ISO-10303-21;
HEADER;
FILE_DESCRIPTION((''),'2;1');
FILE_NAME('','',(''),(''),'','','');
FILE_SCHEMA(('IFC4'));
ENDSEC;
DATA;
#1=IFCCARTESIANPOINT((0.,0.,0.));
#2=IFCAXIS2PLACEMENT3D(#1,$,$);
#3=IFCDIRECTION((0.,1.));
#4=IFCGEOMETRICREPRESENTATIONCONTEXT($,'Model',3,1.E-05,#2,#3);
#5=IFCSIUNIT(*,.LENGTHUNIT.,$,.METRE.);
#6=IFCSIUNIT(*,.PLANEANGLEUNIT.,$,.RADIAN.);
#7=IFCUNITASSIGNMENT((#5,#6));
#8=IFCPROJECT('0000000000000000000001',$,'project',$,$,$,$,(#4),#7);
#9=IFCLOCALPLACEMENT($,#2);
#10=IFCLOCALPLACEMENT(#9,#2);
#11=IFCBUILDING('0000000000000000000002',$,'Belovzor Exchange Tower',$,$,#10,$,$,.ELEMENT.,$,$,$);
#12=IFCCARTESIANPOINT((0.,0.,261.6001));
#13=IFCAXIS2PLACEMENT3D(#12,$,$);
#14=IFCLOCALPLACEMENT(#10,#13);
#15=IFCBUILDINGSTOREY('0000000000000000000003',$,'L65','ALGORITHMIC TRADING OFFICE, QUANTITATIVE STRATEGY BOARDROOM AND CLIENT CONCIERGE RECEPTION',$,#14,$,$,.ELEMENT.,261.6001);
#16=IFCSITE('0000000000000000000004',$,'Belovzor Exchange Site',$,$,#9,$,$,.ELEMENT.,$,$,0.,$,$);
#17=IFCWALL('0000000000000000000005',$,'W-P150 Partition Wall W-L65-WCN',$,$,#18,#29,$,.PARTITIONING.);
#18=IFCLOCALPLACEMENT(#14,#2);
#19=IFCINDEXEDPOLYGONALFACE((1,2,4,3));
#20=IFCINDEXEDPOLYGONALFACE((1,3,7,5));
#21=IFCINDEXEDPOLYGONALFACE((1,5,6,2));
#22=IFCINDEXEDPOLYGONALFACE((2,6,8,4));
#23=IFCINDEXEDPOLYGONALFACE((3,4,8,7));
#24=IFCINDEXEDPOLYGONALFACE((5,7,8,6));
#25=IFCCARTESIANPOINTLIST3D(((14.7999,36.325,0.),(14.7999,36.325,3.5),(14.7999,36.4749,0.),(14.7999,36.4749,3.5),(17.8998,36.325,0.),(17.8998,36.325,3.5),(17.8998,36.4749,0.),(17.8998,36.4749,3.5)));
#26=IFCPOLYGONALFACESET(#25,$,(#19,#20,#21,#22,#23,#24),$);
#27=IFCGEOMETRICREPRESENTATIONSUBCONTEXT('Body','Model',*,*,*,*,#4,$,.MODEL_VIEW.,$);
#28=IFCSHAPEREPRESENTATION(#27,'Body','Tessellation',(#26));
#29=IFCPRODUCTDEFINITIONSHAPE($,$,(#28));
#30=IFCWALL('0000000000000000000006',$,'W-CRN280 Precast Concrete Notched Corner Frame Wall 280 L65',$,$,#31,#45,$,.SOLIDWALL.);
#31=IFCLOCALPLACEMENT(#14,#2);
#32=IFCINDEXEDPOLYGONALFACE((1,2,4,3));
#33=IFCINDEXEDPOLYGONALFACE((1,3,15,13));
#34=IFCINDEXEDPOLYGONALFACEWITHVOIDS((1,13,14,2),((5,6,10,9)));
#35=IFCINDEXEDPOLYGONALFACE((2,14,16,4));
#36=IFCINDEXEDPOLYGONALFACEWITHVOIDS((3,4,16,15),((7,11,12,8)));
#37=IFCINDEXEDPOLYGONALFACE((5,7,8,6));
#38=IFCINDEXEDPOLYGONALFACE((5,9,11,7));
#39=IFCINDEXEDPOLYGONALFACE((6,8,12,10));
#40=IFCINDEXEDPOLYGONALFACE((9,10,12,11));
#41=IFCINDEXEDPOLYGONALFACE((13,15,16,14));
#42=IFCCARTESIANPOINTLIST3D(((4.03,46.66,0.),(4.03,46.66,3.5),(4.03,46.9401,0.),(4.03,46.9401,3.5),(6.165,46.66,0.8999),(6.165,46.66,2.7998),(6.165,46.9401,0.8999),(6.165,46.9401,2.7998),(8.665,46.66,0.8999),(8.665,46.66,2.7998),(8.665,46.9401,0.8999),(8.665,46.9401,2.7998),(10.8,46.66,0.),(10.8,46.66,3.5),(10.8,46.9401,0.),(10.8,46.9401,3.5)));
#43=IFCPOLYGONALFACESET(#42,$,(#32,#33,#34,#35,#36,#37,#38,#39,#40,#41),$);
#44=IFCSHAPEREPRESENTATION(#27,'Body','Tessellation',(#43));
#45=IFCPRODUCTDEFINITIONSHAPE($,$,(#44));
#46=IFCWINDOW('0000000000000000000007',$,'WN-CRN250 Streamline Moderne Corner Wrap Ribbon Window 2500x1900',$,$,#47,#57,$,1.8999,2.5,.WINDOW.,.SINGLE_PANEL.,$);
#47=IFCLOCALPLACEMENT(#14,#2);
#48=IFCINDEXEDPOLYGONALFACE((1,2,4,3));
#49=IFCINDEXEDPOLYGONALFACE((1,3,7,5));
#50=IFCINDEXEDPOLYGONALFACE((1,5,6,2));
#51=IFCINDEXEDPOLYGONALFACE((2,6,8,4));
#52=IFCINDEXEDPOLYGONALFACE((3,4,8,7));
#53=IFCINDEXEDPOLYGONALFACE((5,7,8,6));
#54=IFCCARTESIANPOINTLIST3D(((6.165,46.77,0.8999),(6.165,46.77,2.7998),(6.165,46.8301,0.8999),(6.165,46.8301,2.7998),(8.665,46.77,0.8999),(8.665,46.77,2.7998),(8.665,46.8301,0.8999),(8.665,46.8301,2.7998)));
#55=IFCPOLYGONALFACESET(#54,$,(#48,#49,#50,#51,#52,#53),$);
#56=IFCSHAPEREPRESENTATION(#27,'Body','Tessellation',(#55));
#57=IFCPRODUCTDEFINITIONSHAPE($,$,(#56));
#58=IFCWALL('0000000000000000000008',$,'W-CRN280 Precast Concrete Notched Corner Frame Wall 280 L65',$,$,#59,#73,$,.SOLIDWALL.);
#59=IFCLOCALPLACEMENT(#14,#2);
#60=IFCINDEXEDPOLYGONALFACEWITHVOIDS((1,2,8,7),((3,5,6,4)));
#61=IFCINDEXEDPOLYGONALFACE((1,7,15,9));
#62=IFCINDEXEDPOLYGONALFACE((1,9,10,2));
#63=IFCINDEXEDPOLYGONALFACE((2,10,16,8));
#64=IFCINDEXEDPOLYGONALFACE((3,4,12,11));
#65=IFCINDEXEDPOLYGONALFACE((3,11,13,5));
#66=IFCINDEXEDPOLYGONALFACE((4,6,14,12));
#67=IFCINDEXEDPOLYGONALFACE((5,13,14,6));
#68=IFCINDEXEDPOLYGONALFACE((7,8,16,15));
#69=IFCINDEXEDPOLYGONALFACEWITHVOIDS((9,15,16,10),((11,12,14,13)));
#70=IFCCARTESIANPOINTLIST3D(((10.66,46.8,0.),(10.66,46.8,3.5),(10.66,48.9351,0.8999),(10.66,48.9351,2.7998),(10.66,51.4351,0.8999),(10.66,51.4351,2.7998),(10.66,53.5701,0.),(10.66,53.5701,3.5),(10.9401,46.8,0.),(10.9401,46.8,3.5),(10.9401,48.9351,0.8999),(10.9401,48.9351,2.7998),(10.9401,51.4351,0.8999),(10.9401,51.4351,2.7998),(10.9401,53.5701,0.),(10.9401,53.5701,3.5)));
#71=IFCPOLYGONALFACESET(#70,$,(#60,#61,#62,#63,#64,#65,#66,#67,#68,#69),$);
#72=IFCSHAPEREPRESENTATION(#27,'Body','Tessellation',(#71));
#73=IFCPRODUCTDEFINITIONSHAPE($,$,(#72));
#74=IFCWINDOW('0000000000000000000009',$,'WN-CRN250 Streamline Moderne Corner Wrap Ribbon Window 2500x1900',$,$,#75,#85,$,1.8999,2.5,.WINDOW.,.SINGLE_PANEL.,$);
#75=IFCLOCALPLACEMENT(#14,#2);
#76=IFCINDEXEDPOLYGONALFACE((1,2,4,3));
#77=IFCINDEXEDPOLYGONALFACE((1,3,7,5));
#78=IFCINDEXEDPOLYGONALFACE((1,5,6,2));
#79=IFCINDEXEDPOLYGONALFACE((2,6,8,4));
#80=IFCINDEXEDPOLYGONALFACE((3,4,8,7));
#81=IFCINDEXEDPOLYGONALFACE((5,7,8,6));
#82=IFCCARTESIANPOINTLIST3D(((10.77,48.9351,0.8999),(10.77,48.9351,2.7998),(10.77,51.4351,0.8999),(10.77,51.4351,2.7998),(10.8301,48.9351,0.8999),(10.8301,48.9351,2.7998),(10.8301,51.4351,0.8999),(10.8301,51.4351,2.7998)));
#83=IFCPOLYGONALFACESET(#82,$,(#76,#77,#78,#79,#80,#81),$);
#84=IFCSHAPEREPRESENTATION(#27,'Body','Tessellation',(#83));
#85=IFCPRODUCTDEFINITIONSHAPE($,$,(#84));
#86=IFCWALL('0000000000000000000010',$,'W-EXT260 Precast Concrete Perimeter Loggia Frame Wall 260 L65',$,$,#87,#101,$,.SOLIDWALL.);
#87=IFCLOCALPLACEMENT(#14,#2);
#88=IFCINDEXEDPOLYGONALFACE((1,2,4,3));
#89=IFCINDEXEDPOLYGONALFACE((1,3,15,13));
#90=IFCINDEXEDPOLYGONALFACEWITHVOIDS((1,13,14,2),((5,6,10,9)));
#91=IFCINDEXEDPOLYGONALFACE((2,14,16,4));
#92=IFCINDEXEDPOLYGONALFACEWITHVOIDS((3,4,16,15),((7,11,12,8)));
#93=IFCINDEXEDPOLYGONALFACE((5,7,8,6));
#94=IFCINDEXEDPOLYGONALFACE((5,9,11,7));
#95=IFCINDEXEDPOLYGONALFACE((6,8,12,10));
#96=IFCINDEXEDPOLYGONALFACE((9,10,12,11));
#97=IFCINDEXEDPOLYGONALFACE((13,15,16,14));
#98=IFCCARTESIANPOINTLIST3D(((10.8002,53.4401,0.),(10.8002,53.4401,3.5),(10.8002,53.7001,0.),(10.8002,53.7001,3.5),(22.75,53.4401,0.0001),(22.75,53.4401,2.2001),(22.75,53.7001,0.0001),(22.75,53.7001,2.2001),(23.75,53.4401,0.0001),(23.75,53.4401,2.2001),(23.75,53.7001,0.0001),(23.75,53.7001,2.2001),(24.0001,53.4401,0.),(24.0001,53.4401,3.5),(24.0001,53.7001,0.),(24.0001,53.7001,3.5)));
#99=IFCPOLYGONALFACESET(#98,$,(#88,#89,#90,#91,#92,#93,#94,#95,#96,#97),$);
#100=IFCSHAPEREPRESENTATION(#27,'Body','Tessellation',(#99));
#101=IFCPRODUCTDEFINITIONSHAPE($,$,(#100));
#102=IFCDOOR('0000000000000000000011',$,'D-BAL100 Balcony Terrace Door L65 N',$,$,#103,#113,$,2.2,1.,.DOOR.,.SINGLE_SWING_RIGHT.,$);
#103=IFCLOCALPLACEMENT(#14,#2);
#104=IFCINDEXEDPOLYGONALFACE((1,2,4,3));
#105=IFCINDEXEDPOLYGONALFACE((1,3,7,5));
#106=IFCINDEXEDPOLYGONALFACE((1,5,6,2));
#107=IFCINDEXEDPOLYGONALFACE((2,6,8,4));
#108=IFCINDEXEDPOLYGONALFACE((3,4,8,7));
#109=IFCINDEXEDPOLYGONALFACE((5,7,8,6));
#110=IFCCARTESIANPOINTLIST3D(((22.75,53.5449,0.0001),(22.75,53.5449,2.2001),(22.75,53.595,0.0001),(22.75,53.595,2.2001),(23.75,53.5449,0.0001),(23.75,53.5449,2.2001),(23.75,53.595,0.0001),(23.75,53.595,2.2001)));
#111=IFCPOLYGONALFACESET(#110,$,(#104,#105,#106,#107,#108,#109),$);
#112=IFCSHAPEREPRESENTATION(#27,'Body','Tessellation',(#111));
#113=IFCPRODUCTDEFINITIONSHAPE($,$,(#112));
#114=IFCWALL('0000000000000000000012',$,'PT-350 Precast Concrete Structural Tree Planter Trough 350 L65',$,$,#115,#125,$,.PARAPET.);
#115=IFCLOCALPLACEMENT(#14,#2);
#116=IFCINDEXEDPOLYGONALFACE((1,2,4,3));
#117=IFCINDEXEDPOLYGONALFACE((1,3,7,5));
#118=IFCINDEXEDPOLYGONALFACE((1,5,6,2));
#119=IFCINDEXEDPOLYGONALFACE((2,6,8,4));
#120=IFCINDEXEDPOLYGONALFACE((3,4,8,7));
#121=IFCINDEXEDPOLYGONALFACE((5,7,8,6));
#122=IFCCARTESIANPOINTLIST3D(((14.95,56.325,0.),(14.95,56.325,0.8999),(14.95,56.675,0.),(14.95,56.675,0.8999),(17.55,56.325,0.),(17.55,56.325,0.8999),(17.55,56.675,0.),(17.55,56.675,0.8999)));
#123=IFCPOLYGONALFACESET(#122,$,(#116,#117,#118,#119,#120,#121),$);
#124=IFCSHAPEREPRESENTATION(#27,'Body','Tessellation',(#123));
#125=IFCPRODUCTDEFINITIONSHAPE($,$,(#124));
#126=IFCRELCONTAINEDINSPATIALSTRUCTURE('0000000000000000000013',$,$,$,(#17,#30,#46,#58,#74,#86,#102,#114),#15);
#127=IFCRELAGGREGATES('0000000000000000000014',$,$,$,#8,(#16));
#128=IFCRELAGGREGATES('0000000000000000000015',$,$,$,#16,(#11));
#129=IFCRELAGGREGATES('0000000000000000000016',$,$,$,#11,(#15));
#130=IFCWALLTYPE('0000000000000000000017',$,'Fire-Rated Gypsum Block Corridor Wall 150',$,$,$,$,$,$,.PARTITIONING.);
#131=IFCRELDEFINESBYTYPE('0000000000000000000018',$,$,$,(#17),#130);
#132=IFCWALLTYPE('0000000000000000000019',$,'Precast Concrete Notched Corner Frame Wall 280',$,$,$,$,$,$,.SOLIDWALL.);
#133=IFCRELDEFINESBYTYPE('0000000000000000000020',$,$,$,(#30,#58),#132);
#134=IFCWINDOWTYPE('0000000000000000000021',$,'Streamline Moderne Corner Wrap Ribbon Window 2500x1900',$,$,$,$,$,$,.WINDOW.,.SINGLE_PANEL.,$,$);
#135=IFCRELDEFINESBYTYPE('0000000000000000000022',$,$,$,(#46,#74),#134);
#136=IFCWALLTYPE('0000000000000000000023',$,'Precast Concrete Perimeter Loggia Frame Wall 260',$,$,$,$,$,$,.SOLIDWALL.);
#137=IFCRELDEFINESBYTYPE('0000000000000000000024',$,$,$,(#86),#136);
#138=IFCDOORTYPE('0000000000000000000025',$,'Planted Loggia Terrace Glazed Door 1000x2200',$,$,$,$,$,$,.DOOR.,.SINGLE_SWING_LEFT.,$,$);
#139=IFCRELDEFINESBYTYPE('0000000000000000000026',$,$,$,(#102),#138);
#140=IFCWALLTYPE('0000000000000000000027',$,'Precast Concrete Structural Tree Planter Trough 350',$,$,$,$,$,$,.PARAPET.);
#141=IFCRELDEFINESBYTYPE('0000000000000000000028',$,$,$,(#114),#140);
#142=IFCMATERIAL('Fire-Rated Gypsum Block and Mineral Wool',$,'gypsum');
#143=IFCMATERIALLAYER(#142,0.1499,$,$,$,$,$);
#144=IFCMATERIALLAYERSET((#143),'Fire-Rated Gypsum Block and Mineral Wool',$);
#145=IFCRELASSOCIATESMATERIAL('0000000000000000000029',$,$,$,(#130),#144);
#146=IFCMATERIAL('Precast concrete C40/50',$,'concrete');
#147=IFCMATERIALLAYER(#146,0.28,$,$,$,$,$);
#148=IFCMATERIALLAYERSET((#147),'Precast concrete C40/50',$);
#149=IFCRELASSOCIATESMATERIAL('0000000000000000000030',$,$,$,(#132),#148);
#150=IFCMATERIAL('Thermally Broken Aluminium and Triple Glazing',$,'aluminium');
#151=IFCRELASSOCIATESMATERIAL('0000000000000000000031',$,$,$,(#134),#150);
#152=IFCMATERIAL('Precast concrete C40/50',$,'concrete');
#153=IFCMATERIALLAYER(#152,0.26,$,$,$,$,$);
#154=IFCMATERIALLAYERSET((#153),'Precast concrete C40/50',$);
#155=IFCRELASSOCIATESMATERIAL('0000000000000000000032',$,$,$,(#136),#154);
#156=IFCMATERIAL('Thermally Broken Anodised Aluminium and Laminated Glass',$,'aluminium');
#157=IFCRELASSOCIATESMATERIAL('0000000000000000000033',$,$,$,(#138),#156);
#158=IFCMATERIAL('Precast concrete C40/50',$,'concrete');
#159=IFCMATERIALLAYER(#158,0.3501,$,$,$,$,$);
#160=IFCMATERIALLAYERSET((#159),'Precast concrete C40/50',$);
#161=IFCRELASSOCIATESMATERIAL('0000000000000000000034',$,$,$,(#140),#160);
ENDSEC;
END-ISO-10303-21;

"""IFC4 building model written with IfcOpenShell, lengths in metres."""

from ifc_helpers import new_model, si_unit, direction, frame, frame_2d, origin, place, context, subcontext, project, spatial, rectangle, extrude, material, layer, layer_set, type_object, element, fill, save


model = new_model("IFC4")

# Units and contexts
model_context = context("Model", 3, precision=1e-05, world=origin(), true_north=direction((0.0, 1.0)))
body_context = subcontext(model_context, "Body", "Model", "MODEL_VIEW")
ifc_project = project(units=[si_unit("LENGTHUNIT", "METRE"), si_unit("PLANEANGLEUNIT", "RADIAN")], contexts=[model_context])

# Site, building, storey
site_placement = place(None, origin())
site = spatial("IfcSite", under=ifc_project, at=site_placement, Name="Belovzor Exchange Site", CompositionType="ELEMENT", RefElevation=0.0)
building_placement = place(site_placement, origin())
building = spatial("IfcBuilding", under=site, at=building_placement, Name="Belovzor Exchange Tower", CompositionType="ELEMENT")
storey_placement = place(building_placement, frame((0.0, 0.0, 261.6001)))
storey = spatial("IfcBuildingStorey", under=building, at=storey_placement, Name="L65", Description="ALGORITHMIC TRADING OFFICE, QUANTITATIVE STRATEGY BOARDROOM AND CLIENT CONCIERGE RECEPTION", CompositionType="ELEMENT", Elevation=261.6001)

# Wall
ifc_material_1 = material(Name="Fire-Rated Gypsum Block and Mineral Wool", Category="gypsum")
ifc_layer_1 = layer(ifc_material_1, 0.1499)
ifc_layer_set_1 = layer_set([ifc_layer_1], Name="Fire-Rated Gypsum Block and Mineral Wool")
wall_type_1 = type_object("IfcWallType", Name="Fire-Rated Gypsum Block Corridor Wall 150", PredefinedType="PARTITIONING", material=ifc_layer_set_1)
wall_1_placement = place(storey_placement, frame((14.8, 36.3999, 0.0), z_axis=(0.0, 0.0, 1.0), x_axis=(1.0, 0.0, 0.0)))
element("IfcWall", 1, at=wall_1_placement, inside=storey, type_object=wall_type_1, Name="W-P150 Partition Wall W-L65-WCN", PredefinedType="PARTITIONING", context=body_context, shape_type="SweptSolid", body=[
    extrude(rectangle(XDim=3.0999, YDim=0.1499, at=frame_2d((1.5498, 0.0))), origin(), (0.0, 0.0, 1.0), 3.5),
])

# Walls, openings, windows
ifc_material_2 = material(Name="Precast concrete C40/50", Category="concrete")
ifc_layer_2 = layer(ifc_material_2, 0.28)
ifc_layer_set_2 = layer_set([ifc_layer_2], Name="Precast concrete C40/50")
wall_type_2 = type_object("IfcWallType", Name="Precast Concrete Notched Corner Frame Wall 280", PredefinedType="SOLIDWALL", material=ifc_layer_set_2)
wall_2_placement = place(storey_placement, frame((4.03, 46.8, 0.0), z_axis=(0.0, 0.0, 1.0), x_axis=(1.0, 0.0, 0.0)))
wall_2 = element("IfcWall", 2, at=wall_2_placement, inside=storey, type_object=wall_type_2, Name="W-CRN280 Precast Concrete Notched Corner Frame Wall 280 L65", PredefinedType="SOLIDWALL", context=body_context, shape_type="SweptSolid", body=[
    extrude(rectangle(XDim=6.77, YDim=0.28, at=frame_2d((3.385, 0.0))), origin(), (0.0, 0.0, 1.0), 3.5),
])
opening_1_placement = place(wall_2_placement, frame((2.135, 0.0, 0.8999)))
opening_1 = element("IfcOpeningElement", 3, at=opening_1_placement, cuts=wall_2, PredefinedType="OPENING", context=body_context, shape_type="SweptSolid", body=[
    extrude(rectangle(XDim=2.5, YDim=1.8999, at=frame_2d((1.25, 0.95))), frame((0.0, 0.1499, 0.0), z_axis=(0.0, -1.0, 0.0), x_axis=(1.0, 0.0, 0.0)), (0.0, 0.0, 1.0), 0.3),
])
ifc_material_3 = material(Name="Thermally Broken Aluminium and Triple Glazing", Category="aluminium")
window_type = type_object("IfcWindowType", Name="Streamline Moderne Corner Wrap Ribbon Window 2500x1900", PartitioningType="SINGLE_PANEL", PredefinedType="WINDOW", material=ifc_material_3)
window_1_placement = place(opening_1_placement, origin())
window_1 = element("IfcWindow", 4, at=window_1_placement, inside=storey, type_object=window_type, Name="WN-CRN250 Streamline Moderne Corner Wrap Ribbon Window 2500x1900", OverallHeight=1.8999, OverallWidth=2.5, PartitioningType="SINGLE_PANEL", PredefinedType="WINDOW", context=body_context, shape_type="SweptSolid", body=[
    extrude(rectangle(XDim=2.5, YDim=1.8999, at=frame_2d((1.25, 0.95))), frame((0.0, 0.03, 0.0), z_axis=(0.0, -1.0, 0.0), x_axis=(1.0, 0.0, 0.0)), (0.0, 0.0, 1.0), 0.0601),
])
fill(opening_1, window_1)
wall_3_placement = place(storey_placement, frame((10.8, 46.8, 0.0), z_axis=(0.0, 0.0, 1.0), x_axis=(0.0, 1.0, 0.0)))
wall_3 = element("IfcWall", 5, at=wall_3_placement, inside=storey, type_object=wall_type_2, Name="W-CRN280 Precast Concrete Notched Corner Frame Wall 280 L65", PredefinedType="SOLIDWALL", context=body_context, shape_type="SweptSolid", body=[
    extrude(rectangle(XDim=6.77, YDim=0.28, at=frame_2d((3.385, 0.0))), origin(), (0.0, 0.0, 1.0), 3.5),
])
opening_2_placement = place(wall_3_placement, frame((2.135, 0.0, 0.8999)))
opening_2 = element("IfcOpeningElement", 6, at=opening_2_placement, cuts=wall_3, PredefinedType="OPENING", context=body_context, shape_type="SweptSolid", body=[
    extrude(rectangle(XDim=2.5, YDim=1.8999, at=frame_2d((1.25, 0.95))), frame((0.0, 0.1499, 0.0), z_axis=(0.0, -1.0, 0.0), x_axis=(1.0, 0.0, 0.0)), (0.0, 0.0, 1.0), 0.3),
])
window_2_placement = place(opening_2_placement, origin())
window_2 = element("IfcWindow", 7, at=window_2_placement, inside=storey, type_object=window_type, Name="WN-CRN250 Streamline Moderne Corner Wrap Ribbon Window 2500x1900", OverallHeight=1.8999, OverallWidth=2.5, PartitioningType="SINGLE_PANEL", PredefinedType="WINDOW", context=body_context, shape_type="SweptSolid", body=[
    extrude(rectangle(XDim=2.5, YDim=1.8999, at=frame_2d((1.25, 0.95))), frame((0.0, 0.03, 0.0), z_axis=(0.0, -1.0, 0.0), x_axis=(1.0, 0.0, 0.0)), (0.0, 0.0, 1.0), 0.0601),
])
fill(opening_2, window_2)

# Wall, opening, door
ifc_material_4 = material(Name="Precast concrete C40/50", Category="concrete")
ifc_layer_3 = layer(ifc_material_4, 0.26)
ifc_layer_set_3 = layer_set([ifc_layer_3], Name="Precast concrete C40/50")
wall_type_3 = type_object("IfcWallType", Name="Precast Concrete Perimeter Loggia Frame Wall 260", PredefinedType="SOLIDWALL", material=ifc_layer_set_3)
wall_4_placement = place(storey_placement, frame((10.8, 53.5701, 0.0), z_axis=(0.0, 0.0, 1.0), x_axis=(1.0, 0.0, 0.0)))
wall_4 = element("IfcWall", 8, at=wall_4_placement, inside=storey, type_object=wall_type_3, Name="W-EXT260 Precast Concrete Perimeter Loggia Frame Wall 260 L65", PredefinedType="SOLIDWALL", context=body_context, shape_type="SweptSolid", body=[
    extrude(rectangle(XDim=13.2, YDim=0.26, at=frame_2d((6.6001, 0.0))), origin(), (0.0, 0.0, 1.0), 3.5),
])
opening_3_placement = place(wall_4_placement, frame((11.95, 0.0, 0.0)))
opening_3 = element("IfcOpeningElement", 9, at=opening_3_placement, cuts=wall_4, PredefinedType="OPENING", context=body_context, shape_type="SweptSolid", body=[
    extrude(rectangle(XDim=1.0, YDim=2.2, at=frame_2d((0.5, 1.1001))), frame((0.0, 0.1399, 0.0), z_axis=(0.0, -1.0, 0.0), x_axis=(1.0, 0.0, 0.0)), (0.0, 0.0, 1.0), 0.28),
])
ifc_material_5 = material(Name="Thermally Broken Anodised Aluminium and Laminated Glass", Category="aluminium")
door_type = type_object("IfcDoorType", Name="Planted Loggia Terrace Glazed Door 1000x2200", OperationType="SINGLE_SWING_LEFT", PredefinedType="DOOR", material=ifc_material_5)
door_placement = place(opening_3_placement, origin())
door = element("IfcDoor", 10, at=door_placement, inside=storey, type_object=door_type, Name="D-BAL100 Balcony Terrace Door L65 N", OperationType="SINGLE_SWING_RIGHT", OverallHeight=2.2, OverallWidth=1.0, PredefinedType="DOOR", context=body_context, shape_type="SweptSolid", body=[
    extrude(rectangle(XDim=1.0, YDim=2.2, at=frame_2d((0.5, 1.1001))), frame((0.0, 0.0249, 0.0), z_axis=(0.0, -1.0, 0.0), x_axis=(1.0, 0.0, 0.0)), (0.0, 0.0, 1.0), 0.05),
])
fill(opening_3, door)

# Wall
ifc_material_6 = material(Name="Precast concrete C40/50", Category="concrete")
ifc_layer_4 = layer(ifc_material_6, 0.3501)
ifc_layer_set_4 = layer_set([ifc_layer_4], Name="Precast concrete C40/50")
wall_type_4 = type_object("IfcWallType", Name="Precast Concrete Structural Tree Planter Trough 350", PredefinedType="PARAPET", material=ifc_layer_set_4)
wall_5_placement = place(storey_placement, frame((14.95, 56.5, 0.0), z_axis=(0.0, 0.0, 1.0), x_axis=(1.0, 0.0, 0.0)))
element("IfcWall", 11, at=wall_5_placement, inside=storey, type_object=wall_type_4, Name="PT-350 Precast Concrete Structural Tree Planter Trough 350 L65", PredefinedType="PARAPET", context=body_context, shape_type="SweptSolid", body=[
    extrude(rectangle(XDim=2.6001, YDim=0.3501, at=frame_2d((1.3, 0.0))), origin(), (0.0, 0.0, 1.0), 0.8999),
])

save(model, "model.ifc")
